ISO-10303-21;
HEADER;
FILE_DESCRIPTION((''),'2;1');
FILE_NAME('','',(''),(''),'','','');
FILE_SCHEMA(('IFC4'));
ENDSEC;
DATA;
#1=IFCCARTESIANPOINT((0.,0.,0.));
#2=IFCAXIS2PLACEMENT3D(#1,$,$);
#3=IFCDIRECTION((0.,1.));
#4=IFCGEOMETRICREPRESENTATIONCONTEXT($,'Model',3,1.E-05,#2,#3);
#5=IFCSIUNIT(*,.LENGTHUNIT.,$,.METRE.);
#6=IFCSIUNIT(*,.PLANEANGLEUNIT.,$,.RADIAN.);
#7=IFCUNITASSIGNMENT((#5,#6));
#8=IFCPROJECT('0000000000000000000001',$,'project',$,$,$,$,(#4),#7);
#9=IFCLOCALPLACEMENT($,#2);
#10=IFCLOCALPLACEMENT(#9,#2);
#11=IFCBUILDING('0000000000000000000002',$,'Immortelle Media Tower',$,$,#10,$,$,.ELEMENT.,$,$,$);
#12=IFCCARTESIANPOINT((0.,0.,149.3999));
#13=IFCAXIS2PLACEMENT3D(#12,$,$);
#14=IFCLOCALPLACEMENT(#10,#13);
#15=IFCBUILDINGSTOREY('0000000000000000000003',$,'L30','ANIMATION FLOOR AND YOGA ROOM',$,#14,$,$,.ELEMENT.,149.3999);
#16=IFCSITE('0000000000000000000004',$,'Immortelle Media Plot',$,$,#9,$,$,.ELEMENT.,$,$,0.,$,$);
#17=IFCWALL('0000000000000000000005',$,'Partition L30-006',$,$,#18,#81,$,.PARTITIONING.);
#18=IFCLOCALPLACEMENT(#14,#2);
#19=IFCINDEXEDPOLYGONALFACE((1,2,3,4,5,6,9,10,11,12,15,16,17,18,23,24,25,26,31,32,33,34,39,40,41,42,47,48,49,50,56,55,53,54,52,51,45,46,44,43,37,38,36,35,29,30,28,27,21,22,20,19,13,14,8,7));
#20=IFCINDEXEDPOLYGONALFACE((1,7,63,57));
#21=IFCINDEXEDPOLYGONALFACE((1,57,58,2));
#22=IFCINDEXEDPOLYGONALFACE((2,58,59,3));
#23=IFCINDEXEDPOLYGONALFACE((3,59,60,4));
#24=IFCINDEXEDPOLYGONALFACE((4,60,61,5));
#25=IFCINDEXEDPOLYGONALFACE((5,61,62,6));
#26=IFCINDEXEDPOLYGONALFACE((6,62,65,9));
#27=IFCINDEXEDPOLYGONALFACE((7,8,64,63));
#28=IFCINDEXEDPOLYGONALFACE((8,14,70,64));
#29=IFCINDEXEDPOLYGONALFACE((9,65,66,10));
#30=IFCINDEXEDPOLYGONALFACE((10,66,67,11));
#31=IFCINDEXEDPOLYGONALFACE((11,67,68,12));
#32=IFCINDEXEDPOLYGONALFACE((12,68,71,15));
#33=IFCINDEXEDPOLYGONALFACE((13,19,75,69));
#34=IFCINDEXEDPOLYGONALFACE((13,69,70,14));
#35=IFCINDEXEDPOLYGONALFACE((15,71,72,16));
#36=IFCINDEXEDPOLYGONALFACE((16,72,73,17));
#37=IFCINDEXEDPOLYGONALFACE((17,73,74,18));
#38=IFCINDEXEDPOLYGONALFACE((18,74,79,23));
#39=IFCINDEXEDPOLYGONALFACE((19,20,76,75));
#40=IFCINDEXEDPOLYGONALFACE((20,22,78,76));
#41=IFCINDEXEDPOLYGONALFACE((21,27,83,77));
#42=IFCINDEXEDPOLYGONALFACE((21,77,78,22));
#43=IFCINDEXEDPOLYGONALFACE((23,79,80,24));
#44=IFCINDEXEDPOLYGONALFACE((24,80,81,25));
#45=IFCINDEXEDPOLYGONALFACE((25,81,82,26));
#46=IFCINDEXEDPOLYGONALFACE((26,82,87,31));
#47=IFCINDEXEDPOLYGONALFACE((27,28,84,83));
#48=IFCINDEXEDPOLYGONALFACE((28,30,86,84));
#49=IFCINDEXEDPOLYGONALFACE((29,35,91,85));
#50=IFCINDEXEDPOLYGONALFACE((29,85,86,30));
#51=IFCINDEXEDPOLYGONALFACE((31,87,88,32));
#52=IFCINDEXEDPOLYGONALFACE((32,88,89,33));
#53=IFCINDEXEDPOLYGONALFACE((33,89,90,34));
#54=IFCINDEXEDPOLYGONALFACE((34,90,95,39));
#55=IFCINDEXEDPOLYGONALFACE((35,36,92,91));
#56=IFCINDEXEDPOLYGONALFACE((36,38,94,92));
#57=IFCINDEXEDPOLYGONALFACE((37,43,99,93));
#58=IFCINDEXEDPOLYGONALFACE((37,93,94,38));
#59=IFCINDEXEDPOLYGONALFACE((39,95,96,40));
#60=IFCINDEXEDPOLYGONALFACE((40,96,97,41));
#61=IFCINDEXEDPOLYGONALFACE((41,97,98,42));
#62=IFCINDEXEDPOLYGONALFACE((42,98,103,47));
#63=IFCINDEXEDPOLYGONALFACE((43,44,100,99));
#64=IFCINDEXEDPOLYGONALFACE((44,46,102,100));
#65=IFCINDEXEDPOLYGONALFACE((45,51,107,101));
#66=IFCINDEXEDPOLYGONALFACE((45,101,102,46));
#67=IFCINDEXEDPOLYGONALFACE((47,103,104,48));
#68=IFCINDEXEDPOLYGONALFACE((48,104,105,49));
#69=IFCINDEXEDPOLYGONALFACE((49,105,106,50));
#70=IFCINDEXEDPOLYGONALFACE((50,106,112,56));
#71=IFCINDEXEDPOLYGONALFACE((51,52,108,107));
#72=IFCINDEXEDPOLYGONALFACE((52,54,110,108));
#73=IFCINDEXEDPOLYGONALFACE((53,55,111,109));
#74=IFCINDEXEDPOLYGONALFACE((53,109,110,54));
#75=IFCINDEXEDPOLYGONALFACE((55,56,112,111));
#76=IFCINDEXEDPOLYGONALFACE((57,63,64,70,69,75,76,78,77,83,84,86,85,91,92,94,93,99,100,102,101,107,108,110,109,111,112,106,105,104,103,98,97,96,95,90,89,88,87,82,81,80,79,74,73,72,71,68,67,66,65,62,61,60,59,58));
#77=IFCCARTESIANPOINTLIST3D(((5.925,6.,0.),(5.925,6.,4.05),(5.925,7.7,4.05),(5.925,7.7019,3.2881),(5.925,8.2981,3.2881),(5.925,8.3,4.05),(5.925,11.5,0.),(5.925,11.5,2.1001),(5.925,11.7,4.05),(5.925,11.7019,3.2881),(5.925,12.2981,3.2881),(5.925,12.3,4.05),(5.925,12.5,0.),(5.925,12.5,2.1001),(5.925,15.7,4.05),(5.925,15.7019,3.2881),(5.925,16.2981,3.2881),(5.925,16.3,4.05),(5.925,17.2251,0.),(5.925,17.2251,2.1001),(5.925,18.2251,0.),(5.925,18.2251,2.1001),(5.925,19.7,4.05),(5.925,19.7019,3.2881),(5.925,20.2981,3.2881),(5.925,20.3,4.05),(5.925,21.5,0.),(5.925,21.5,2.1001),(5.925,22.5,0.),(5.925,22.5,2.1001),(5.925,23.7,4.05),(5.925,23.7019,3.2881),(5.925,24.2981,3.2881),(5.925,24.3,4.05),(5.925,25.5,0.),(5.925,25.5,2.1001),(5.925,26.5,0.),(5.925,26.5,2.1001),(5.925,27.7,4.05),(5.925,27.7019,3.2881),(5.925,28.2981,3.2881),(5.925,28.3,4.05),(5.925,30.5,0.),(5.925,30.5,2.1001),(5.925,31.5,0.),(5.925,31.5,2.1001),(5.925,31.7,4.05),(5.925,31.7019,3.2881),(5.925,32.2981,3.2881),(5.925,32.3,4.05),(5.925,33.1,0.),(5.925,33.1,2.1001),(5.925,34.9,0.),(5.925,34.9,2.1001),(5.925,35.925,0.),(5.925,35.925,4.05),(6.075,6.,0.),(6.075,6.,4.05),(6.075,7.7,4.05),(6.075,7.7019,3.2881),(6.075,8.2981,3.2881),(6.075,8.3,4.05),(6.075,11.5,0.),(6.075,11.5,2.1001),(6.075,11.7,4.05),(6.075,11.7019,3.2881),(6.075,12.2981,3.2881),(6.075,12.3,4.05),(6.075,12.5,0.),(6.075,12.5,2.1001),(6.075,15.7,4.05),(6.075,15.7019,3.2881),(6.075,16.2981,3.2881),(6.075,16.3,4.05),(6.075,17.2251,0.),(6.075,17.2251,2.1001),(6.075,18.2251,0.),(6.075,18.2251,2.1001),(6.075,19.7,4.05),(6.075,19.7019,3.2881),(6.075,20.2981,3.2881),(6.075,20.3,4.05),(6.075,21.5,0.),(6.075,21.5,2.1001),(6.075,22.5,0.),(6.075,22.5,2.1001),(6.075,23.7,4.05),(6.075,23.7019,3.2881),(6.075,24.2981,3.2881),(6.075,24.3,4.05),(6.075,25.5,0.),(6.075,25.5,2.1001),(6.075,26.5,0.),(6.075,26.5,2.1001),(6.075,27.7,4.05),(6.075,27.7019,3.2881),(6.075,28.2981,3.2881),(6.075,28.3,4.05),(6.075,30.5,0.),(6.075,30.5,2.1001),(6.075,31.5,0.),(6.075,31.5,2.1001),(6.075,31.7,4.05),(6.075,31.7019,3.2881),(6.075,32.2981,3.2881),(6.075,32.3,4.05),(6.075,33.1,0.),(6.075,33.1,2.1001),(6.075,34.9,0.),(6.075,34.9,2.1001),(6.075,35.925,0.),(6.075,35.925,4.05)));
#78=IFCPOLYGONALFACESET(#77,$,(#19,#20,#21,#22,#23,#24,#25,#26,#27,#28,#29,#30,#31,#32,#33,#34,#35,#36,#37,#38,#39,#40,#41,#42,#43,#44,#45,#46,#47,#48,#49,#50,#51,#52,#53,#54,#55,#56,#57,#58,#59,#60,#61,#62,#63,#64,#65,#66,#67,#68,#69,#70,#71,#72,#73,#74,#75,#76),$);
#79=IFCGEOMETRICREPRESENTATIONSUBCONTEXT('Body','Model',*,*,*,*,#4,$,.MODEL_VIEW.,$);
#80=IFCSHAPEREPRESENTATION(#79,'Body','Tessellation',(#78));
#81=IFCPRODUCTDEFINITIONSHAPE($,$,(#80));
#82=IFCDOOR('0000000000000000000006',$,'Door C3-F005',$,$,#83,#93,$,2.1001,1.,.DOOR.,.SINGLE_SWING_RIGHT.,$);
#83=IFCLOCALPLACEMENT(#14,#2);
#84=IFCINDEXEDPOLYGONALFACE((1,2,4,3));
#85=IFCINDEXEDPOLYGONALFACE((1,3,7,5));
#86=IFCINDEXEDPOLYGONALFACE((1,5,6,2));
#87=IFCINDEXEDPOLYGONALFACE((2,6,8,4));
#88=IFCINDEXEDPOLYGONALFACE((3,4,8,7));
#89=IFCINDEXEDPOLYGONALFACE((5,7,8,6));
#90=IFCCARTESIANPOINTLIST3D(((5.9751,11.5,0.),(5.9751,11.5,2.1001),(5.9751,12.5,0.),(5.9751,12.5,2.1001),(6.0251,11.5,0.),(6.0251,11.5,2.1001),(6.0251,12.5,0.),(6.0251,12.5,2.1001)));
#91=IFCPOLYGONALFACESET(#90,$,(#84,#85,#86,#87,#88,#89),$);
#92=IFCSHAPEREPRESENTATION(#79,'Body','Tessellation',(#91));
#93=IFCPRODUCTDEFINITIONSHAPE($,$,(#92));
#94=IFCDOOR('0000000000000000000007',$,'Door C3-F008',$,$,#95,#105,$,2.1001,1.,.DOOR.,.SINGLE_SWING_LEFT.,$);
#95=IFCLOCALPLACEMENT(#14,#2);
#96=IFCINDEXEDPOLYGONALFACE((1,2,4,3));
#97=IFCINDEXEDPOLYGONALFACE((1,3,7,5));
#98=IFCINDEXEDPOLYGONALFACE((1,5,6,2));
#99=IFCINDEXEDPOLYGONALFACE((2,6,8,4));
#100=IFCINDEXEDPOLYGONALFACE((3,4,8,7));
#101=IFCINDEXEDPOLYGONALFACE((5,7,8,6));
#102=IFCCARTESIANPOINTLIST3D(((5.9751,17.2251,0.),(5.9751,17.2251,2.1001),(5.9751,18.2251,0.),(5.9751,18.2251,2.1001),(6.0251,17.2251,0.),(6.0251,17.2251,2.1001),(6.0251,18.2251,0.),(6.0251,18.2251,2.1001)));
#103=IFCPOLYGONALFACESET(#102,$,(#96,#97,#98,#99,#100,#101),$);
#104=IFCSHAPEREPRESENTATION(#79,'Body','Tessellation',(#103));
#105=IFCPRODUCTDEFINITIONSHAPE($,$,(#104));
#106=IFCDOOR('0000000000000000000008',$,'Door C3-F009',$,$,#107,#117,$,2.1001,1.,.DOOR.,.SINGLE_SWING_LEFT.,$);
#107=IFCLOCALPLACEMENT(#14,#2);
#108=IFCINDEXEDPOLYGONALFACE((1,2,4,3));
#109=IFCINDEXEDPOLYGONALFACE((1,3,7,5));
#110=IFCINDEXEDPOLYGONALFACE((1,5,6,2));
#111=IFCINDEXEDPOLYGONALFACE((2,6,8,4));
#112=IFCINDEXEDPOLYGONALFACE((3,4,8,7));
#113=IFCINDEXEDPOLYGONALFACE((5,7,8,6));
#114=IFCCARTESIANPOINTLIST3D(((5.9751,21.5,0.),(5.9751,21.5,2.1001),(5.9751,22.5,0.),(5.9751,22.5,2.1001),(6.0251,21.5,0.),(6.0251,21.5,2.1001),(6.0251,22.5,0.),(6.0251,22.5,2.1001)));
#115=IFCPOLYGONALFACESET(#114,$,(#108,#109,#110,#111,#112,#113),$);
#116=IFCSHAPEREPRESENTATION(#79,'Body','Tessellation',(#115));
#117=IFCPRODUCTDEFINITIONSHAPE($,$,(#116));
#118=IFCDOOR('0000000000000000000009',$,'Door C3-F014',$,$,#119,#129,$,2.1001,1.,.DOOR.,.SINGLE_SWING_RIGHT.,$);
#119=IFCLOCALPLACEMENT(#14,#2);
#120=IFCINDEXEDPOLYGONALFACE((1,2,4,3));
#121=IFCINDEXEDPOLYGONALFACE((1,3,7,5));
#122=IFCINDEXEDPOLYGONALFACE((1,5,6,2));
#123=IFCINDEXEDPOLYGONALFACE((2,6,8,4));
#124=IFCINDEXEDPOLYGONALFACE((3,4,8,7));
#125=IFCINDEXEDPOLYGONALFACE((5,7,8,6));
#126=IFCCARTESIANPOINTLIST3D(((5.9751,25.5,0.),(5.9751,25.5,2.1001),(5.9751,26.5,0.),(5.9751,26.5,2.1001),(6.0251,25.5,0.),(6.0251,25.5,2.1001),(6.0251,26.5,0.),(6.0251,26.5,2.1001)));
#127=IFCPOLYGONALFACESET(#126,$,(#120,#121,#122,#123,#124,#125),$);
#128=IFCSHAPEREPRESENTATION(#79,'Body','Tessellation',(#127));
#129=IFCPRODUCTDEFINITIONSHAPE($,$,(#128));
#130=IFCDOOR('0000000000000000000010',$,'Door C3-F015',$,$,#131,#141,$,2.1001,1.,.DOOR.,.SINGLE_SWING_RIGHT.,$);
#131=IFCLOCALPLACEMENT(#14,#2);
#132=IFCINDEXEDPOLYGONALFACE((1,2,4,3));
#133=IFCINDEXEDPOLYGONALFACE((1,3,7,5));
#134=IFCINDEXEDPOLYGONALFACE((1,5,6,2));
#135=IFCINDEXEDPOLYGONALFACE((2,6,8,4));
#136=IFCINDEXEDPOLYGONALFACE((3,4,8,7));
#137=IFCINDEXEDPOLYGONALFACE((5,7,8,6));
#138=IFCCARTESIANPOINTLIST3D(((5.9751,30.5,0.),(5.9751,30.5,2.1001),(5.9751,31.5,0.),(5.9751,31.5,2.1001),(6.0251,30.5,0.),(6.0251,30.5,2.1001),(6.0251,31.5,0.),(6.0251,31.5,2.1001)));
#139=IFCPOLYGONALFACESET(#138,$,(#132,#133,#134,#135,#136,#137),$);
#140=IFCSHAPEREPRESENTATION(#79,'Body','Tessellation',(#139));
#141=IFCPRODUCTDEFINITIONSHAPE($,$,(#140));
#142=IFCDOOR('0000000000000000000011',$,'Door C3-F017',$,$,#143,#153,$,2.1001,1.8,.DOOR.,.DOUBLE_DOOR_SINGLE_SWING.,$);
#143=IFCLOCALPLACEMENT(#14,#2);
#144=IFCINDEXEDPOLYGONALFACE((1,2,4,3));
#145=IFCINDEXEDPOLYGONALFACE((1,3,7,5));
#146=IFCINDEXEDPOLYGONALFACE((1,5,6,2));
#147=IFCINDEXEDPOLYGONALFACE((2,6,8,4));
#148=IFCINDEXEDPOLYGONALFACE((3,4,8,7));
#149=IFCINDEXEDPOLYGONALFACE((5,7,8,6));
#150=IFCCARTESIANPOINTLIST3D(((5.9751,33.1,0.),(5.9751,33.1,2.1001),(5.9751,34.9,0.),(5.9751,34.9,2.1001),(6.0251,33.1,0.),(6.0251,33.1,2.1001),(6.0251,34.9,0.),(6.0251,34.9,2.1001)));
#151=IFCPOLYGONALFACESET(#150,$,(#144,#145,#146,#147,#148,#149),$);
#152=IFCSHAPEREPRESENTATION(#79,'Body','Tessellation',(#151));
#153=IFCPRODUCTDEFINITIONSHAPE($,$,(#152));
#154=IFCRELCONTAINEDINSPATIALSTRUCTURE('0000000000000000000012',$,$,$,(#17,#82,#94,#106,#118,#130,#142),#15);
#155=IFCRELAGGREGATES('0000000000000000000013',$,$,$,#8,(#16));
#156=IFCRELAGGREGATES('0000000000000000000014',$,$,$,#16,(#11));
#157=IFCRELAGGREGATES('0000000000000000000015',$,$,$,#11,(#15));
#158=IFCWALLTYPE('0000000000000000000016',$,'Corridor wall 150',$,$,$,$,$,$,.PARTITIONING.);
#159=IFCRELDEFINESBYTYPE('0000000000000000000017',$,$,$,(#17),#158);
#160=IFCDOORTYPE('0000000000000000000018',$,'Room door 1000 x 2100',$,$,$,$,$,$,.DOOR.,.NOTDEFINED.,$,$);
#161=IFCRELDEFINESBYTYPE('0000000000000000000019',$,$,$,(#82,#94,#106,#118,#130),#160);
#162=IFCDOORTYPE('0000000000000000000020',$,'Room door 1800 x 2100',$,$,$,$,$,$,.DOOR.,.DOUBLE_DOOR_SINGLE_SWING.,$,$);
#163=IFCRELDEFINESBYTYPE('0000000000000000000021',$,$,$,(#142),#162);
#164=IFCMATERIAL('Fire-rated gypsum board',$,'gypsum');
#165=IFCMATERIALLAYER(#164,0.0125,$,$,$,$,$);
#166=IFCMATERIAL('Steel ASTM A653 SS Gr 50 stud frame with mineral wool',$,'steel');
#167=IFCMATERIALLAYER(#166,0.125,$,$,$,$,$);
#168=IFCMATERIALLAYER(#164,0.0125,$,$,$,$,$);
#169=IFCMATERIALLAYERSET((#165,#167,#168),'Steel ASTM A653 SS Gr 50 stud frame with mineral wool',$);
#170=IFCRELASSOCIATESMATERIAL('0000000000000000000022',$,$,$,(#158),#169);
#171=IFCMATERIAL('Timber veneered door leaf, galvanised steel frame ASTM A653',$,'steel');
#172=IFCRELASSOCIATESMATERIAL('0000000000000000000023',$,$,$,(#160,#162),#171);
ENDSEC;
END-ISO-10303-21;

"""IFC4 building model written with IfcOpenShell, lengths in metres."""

from ifc_helpers import new_model, si_unit, direction, frame, frame_2d, origin, place, context, subcontext, project, spatial, polyline, rectangle, outline, extrude, material, layer, layer_set, type_object, element, fill, save


model = new_model("IFC4")

# Units and contexts
model_context = context("Model", 3, precision=1e-05, world=origin(), true_north=direction((0.0, 1.0)))
body_context = subcontext(model_context, "Body", "Model", "MODEL_VIEW")
ifc_project = project(units=[si_unit("LENGTHUNIT", "METRE"), si_unit("PLANEANGLEUNIT", "RADIAN")], contexts=[model_context])

# Site, building, storey
site_placement = place(None, origin())
site = spatial("IfcSite", under=ifc_project, at=site_placement, Name="Immortelle Media Plot", CompositionType="ELEMENT", RefElevation=0.0)
building_placement = place(site_placement, origin())
building = spatial("IfcBuilding", under=site, at=building_placement, Name="Immortelle Media Tower", CompositionType="ELEMENT")
storey_placement = place(building_placement, frame((0.0, 0.0, 149.3999)))
storey = spatial("IfcBuildingStorey", under=building, at=storey_placement, Name="L30", Description="ANIMATION FLOOR AND YOGA ROOM", CompositionType="ELEMENT", Elevation=149.3999)

# Wall, openings, doors
ifc_material_1 = material(Name="Fire-rated gypsum board", Category="gypsum")
ifc_layer_1 = layer(ifc_material_1, 0.0125)
ifc_material_2 = material(Name="Steel ASTM A653 SS Gr 50 stud frame with mineral wool", Category="steel")
ifc_layer_2 = layer(ifc_material_2, 0.125)
ifc_layer_3 = layer(ifc_material_1, 0.0125)
ifc_layer_set_1 = layer_set([ifc_layer_1, ifc_layer_2, ifc_layer_3], Name="Steel ASTM A653 SS Gr 50 stud frame with mineral wool")
wall_type_1 = type_object("IfcWallType", Name="Corridor wall 150", PredefinedType="PARTITIONING", material=ifc_layer_set_1)
ifc_material_3 = material(Name="Timber veneered door leaf, galvanised steel frame ASTM A653", Category="steel")
door_type_1 = type_object("IfcDoorType", Name="Room door 1000 x 2100", OperationType="NOTDEFINED", PredefinedType="DOOR", material=ifc_material_3)
wall_1_placement = place(storey_placement, frame((6.0, 6.0, 0.0), z_axis=(0.0, 0.0, 1.0), x_axis=(0.0, 1.0, 0.0)))
wall_1 = element("IfcWall", 1, at=wall_1_placement, inside=storey, type_object=wall_type_1, Name="Partition L30-006", PredefinedType="PARTITIONING", context=body_context, shape_type="SweptSolid", body=[
    extrude(outline(polyline([(0.0, 0.0), (29.925, 0.0), (29.925, 4.05), (26.3, 4.05), (26.2981, 3.2881), (25.7019, 3.2881), (25.7, 4.05), (22.3, 4.05), (22.2981, 3.2881), (21.7019, 3.2881), (21.7, 4.05), (18.3, 4.05), (18.2981, 3.2881), (17.7019, 3.2881), (17.7, 4.05), (14.3, 4.05), (14.2981, 3.2881), (13.7019, 3.2881), (13.7, 4.05), (10.3, 4.05), (10.2981, 3.2881), (9.7019, 3.2881), (9.7, 4.05), (6.3, 4.05), (6.2981, 3.2881), (5.7019, 3.2881), (5.7, 4.05), (2.3, 4.05), (2.2981, 3.2881), (1.7019, 3.2881), (1.7, 4.05), (0.0, 4.05), (0.0, 0.0)])), frame((0.0, 0.075, 0.0), z_axis=(0.0, -1.0, 0.0), x_axis=(1.0, 0.0, 0.0)), (0.0, 0.0, 1.0), 0.1499),
])
opening_1_placement = place(wall_1_placement, frame((5.5, 0.0, 0.0)))
opening_1 = element("IfcOpeningElement", 2, at=opening_1_placement, cuts=wall_1, PredefinedType="OPENING", context=body_context, shape_type="SweptSolid", body=[
    extrude(rectangle(XDim=1.0, YDim=2.1001, at=frame_2d((0.5, 1.05))), frame((0.0, 0.085, 0.0), z_axis=(0.0, -1.0, 0.0), x_axis=(1.0, 0.0, 0.0)), (0.0, 0.0, 1.0), 0.1699),
])
opening_2_placement = place(wall_1_placement, frame((11.2251, 0.0, 0.0)))
opening_2 = element("IfcOpeningElement", 3, at=opening_2_placement, cuts=wall_1, PredefinedType="OPENING", context=body_context, shape_type="SweptSolid", body=[
    extrude(rectangle(XDim=1.0, YDim=2.1001, at=frame_2d((0.5, 1.05))), frame((0.0, 0.085, 0.0), z_axis=(0.0, -1.0, 0.0), x_axis=(1.0, 0.0, 0.0)), (0.0, 0.0, 1.0), 0.1699),
])
opening_3_placement = place(wall_1_placement, frame((15.5, 0.0, 0.0)))
opening_3 = element("IfcOpeningElement", 4, at=opening_3_placement, cuts=wall_1, PredefinedType="OPENING", context=body_context, shape_type="SweptSolid", body=[
    extrude(rectangle(XDim=1.0, YDim=2.1001, at=frame_2d((0.5, 1.05))), frame((0.0, 0.085, 0.0), z_axis=(0.0, -1.0, 0.0), x_axis=(1.0, 0.0, 0.0)), (0.0, 0.0, 1.0), 0.1699),
])
opening_4_placement = place(wall_1_placement, frame((19.5, 0.0, 0.0)))
opening_4 = element("IfcOpeningElement", 5, at=opening_4_placement, cuts=wall_1, PredefinedType="OPENING", context=body_context, shape_type="SweptSolid", body=[
    extrude(rectangle(XDim=1.0, YDim=2.1001, at=frame_2d((0.5, 1.05))), frame((0.0, 0.085, 0.0), z_axis=(0.0, -1.0, 0.0), x_axis=(1.0, 0.0, 0.0)), (0.0, 0.0, 1.0), 0.1699),
])
opening_5_placement = place(wall_1_placement, frame((24.5, 0.0, 0.0)))
opening_5 = element("IfcOpeningElement", 6, at=opening_5_placement, cuts=wall_1, PredefinedType="OPENING", context=body_context, shape_type="SweptSolid", body=[
    extrude(rectangle(XDim=1.0, YDim=2.1001, at=frame_2d((0.5, 1.05))), frame((0.0, 0.085, 0.0), z_axis=(0.0, -1.0, 0.0), x_axis=(1.0, 0.0, 0.0)), (0.0, 0.0, 1.0), 0.1699),
])
opening_6_placement = place(wall_1_placement, frame((27.1001, 0.0, 0.0)))
opening_6 = element("IfcOpeningElement", 7, at=opening_6_placement, cuts=wall_1, PredefinedType="OPENING", context=body_context, shape_type="SweptSolid", body=[
    extrude(rectangle(XDim=1.8, YDim=2.1001, at=frame_2d((0.8999, 1.05))), frame((0.0, 0.085, 0.0), z_axis=(0.0, -1.0, 0.0), x_axis=(1.0, 0.0, 0.0)), (0.0, 0.0, 1.0), 0.1699),
])
door_1_placement = place(opening_1_placement, origin())
door_1 = element("IfcDoor", 8, at=door_1_placement, inside=storey, type_object=door_type_1, Name="Door C3-F005", OperationType="SINGLE_SWING_RIGHT", OverallHeight=2.1001, OverallWidth=1.0, PredefinedType="DOOR", context=body_context, shape_type="SweptSolid", body=[
    extrude(rectangle(XDim=1.0, YDim=2.1001, at=frame_2d((0.5, 1.05))), frame((0.0, 0.0249, 0.0), z_axis=(0.0, -1.0, 0.0), x_axis=(1.0, 0.0, 0.0)), (0.0, 0.0, 1.0), 0.05),
])
fill(opening_1, door_1)
door_2_placement = place(opening_2_placement, origin())
door_2 = element("IfcDoor", 9, at=door_2_placement, inside=storey, type_object=door_type_1, Name="Door C3-F008", OperationType="SINGLE_SWING_LEFT", OverallHeight=2.1001, OverallWidth=1.0, PredefinedType="DOOR", context=body_context, shape_type="SweptSolid", body=[
    extrude(rectangle(XDim=1.0, YDim=2.1001, at=frame_2d((0.5, 1.05))), frame((0.0, 0.0249, 0.0), z_axis=(0.0, -1.0, 0.0), x_axis=(1.0, 0.0, 0.0)), (0.0, 0.0, 1.0), 0.05),
])
fill(opening_2, door_2)
door_3_placement = place(opening_3_placement, origin())
door_3 = element("IfcDoor", 10, at=door_3_placement, inside=storey, type_object=door_type_1, Name="Door C3-F009", OperationType="SINGLE_SWING_LEFT", OverallHeight=2.1001, OverallWidth=1.0, PredefinedType="DOOR", context=body_context, shape_type="SweptSolid", body=[
    extrude(rectangle(XDim=1.0, YDim=2.1001, at=frame_2d((0.5, 1.05))), frame((0.0, 0.0249, 0.0), z_axis=(0.0, -1.0, 0.0), x_axis=(1.0, 0.0, 0.0)), (0.0, 0.0, 1.0), 0.05),
])
fill(opening_3, door_3)
door_4_placement = place(opening_4_placement, origin())
door_4 = element("IfcDoor", 11, at=door_4_placement, inside=storey, type_object=door_type_1, Name="Door C3-F014", OperationType="SINGLE_SWING_RIGHT", OverallHeight=2.1001, OverallWidth=1.0, PredefinedType="DOOR", context=body_context, shape_type="SweptSolid", body=[
    extrude(rectangle(XDim=1.0, YDim=2.1001, at=frame_2d((0.5, 1.05))), frame((0.0, 0.0249, 0.0), z_axis=(0.0, -1.0, 0.0), x_axis=(1.0, 0.0, 0.0)), (0.0, 0.0, 1.0), 0.05),
])
fill(opening_4, door_4)
door_5_placement = place(opening_5_placement, origin())
door_5 = element("IfcDoor", 12, at=door_5_placement, inside=storey, type_object=door_type_1, Name="Door C3-F015", OperationType="SINGLE_SWING_RIGHT", OverallHeight=2.1001, OverallWidth=1.0, PredefinedType="DOOR", context=body_context, shape_type="SweptSolid", body=[
    extrude(rectangle(XDim=1.0, YDim=2.1001, at=frame_2d((0.5, 1.05))), frame((0.0, 0.0249, 0.0), z_axis=(0.0, -1.0, 0.0), x_axis=(1.0, 0.0, 0.0)), (0.0, 0.0, 1.0), 0.05),
])
fill(opening_5, door_5)
door_type_2 = type_object("IfcDoorType", Name="Room door 1800 x 2100", OperationType="DOUBLE_DOOR_SINGLE_SWING", PredefinedType="DOOR", material=ifc_material_3)
door_6_placement = place(opening_6_placement, origin())
door_6 = element("IfcDoor", 13, at=door_6_placement, inside=storey, type_object=door_type_2, Name="Door C3-F017", OperationType="DOUBLE_DOOR_SINGLE_SWING", OverallHeight=2.1001, OverallWidth=1.8, PredefinedType="DOOR", context=body_context, shape_type="SweptSolid", body=[
    extrude(rectangle(XDim=1.8, YDim=2.1001, at=frame_2d((0.8999, 1.05))), frame((0.0, 0.0249, 0.0), z_axis=(0.0, -1.0, 0.0), x_axis=(1.0, 0.0, 0.0)), (0.0, 0.0, 1.0), 0.05),
])
fill(opening_6, door_6)

save(model, "model.ifc")
